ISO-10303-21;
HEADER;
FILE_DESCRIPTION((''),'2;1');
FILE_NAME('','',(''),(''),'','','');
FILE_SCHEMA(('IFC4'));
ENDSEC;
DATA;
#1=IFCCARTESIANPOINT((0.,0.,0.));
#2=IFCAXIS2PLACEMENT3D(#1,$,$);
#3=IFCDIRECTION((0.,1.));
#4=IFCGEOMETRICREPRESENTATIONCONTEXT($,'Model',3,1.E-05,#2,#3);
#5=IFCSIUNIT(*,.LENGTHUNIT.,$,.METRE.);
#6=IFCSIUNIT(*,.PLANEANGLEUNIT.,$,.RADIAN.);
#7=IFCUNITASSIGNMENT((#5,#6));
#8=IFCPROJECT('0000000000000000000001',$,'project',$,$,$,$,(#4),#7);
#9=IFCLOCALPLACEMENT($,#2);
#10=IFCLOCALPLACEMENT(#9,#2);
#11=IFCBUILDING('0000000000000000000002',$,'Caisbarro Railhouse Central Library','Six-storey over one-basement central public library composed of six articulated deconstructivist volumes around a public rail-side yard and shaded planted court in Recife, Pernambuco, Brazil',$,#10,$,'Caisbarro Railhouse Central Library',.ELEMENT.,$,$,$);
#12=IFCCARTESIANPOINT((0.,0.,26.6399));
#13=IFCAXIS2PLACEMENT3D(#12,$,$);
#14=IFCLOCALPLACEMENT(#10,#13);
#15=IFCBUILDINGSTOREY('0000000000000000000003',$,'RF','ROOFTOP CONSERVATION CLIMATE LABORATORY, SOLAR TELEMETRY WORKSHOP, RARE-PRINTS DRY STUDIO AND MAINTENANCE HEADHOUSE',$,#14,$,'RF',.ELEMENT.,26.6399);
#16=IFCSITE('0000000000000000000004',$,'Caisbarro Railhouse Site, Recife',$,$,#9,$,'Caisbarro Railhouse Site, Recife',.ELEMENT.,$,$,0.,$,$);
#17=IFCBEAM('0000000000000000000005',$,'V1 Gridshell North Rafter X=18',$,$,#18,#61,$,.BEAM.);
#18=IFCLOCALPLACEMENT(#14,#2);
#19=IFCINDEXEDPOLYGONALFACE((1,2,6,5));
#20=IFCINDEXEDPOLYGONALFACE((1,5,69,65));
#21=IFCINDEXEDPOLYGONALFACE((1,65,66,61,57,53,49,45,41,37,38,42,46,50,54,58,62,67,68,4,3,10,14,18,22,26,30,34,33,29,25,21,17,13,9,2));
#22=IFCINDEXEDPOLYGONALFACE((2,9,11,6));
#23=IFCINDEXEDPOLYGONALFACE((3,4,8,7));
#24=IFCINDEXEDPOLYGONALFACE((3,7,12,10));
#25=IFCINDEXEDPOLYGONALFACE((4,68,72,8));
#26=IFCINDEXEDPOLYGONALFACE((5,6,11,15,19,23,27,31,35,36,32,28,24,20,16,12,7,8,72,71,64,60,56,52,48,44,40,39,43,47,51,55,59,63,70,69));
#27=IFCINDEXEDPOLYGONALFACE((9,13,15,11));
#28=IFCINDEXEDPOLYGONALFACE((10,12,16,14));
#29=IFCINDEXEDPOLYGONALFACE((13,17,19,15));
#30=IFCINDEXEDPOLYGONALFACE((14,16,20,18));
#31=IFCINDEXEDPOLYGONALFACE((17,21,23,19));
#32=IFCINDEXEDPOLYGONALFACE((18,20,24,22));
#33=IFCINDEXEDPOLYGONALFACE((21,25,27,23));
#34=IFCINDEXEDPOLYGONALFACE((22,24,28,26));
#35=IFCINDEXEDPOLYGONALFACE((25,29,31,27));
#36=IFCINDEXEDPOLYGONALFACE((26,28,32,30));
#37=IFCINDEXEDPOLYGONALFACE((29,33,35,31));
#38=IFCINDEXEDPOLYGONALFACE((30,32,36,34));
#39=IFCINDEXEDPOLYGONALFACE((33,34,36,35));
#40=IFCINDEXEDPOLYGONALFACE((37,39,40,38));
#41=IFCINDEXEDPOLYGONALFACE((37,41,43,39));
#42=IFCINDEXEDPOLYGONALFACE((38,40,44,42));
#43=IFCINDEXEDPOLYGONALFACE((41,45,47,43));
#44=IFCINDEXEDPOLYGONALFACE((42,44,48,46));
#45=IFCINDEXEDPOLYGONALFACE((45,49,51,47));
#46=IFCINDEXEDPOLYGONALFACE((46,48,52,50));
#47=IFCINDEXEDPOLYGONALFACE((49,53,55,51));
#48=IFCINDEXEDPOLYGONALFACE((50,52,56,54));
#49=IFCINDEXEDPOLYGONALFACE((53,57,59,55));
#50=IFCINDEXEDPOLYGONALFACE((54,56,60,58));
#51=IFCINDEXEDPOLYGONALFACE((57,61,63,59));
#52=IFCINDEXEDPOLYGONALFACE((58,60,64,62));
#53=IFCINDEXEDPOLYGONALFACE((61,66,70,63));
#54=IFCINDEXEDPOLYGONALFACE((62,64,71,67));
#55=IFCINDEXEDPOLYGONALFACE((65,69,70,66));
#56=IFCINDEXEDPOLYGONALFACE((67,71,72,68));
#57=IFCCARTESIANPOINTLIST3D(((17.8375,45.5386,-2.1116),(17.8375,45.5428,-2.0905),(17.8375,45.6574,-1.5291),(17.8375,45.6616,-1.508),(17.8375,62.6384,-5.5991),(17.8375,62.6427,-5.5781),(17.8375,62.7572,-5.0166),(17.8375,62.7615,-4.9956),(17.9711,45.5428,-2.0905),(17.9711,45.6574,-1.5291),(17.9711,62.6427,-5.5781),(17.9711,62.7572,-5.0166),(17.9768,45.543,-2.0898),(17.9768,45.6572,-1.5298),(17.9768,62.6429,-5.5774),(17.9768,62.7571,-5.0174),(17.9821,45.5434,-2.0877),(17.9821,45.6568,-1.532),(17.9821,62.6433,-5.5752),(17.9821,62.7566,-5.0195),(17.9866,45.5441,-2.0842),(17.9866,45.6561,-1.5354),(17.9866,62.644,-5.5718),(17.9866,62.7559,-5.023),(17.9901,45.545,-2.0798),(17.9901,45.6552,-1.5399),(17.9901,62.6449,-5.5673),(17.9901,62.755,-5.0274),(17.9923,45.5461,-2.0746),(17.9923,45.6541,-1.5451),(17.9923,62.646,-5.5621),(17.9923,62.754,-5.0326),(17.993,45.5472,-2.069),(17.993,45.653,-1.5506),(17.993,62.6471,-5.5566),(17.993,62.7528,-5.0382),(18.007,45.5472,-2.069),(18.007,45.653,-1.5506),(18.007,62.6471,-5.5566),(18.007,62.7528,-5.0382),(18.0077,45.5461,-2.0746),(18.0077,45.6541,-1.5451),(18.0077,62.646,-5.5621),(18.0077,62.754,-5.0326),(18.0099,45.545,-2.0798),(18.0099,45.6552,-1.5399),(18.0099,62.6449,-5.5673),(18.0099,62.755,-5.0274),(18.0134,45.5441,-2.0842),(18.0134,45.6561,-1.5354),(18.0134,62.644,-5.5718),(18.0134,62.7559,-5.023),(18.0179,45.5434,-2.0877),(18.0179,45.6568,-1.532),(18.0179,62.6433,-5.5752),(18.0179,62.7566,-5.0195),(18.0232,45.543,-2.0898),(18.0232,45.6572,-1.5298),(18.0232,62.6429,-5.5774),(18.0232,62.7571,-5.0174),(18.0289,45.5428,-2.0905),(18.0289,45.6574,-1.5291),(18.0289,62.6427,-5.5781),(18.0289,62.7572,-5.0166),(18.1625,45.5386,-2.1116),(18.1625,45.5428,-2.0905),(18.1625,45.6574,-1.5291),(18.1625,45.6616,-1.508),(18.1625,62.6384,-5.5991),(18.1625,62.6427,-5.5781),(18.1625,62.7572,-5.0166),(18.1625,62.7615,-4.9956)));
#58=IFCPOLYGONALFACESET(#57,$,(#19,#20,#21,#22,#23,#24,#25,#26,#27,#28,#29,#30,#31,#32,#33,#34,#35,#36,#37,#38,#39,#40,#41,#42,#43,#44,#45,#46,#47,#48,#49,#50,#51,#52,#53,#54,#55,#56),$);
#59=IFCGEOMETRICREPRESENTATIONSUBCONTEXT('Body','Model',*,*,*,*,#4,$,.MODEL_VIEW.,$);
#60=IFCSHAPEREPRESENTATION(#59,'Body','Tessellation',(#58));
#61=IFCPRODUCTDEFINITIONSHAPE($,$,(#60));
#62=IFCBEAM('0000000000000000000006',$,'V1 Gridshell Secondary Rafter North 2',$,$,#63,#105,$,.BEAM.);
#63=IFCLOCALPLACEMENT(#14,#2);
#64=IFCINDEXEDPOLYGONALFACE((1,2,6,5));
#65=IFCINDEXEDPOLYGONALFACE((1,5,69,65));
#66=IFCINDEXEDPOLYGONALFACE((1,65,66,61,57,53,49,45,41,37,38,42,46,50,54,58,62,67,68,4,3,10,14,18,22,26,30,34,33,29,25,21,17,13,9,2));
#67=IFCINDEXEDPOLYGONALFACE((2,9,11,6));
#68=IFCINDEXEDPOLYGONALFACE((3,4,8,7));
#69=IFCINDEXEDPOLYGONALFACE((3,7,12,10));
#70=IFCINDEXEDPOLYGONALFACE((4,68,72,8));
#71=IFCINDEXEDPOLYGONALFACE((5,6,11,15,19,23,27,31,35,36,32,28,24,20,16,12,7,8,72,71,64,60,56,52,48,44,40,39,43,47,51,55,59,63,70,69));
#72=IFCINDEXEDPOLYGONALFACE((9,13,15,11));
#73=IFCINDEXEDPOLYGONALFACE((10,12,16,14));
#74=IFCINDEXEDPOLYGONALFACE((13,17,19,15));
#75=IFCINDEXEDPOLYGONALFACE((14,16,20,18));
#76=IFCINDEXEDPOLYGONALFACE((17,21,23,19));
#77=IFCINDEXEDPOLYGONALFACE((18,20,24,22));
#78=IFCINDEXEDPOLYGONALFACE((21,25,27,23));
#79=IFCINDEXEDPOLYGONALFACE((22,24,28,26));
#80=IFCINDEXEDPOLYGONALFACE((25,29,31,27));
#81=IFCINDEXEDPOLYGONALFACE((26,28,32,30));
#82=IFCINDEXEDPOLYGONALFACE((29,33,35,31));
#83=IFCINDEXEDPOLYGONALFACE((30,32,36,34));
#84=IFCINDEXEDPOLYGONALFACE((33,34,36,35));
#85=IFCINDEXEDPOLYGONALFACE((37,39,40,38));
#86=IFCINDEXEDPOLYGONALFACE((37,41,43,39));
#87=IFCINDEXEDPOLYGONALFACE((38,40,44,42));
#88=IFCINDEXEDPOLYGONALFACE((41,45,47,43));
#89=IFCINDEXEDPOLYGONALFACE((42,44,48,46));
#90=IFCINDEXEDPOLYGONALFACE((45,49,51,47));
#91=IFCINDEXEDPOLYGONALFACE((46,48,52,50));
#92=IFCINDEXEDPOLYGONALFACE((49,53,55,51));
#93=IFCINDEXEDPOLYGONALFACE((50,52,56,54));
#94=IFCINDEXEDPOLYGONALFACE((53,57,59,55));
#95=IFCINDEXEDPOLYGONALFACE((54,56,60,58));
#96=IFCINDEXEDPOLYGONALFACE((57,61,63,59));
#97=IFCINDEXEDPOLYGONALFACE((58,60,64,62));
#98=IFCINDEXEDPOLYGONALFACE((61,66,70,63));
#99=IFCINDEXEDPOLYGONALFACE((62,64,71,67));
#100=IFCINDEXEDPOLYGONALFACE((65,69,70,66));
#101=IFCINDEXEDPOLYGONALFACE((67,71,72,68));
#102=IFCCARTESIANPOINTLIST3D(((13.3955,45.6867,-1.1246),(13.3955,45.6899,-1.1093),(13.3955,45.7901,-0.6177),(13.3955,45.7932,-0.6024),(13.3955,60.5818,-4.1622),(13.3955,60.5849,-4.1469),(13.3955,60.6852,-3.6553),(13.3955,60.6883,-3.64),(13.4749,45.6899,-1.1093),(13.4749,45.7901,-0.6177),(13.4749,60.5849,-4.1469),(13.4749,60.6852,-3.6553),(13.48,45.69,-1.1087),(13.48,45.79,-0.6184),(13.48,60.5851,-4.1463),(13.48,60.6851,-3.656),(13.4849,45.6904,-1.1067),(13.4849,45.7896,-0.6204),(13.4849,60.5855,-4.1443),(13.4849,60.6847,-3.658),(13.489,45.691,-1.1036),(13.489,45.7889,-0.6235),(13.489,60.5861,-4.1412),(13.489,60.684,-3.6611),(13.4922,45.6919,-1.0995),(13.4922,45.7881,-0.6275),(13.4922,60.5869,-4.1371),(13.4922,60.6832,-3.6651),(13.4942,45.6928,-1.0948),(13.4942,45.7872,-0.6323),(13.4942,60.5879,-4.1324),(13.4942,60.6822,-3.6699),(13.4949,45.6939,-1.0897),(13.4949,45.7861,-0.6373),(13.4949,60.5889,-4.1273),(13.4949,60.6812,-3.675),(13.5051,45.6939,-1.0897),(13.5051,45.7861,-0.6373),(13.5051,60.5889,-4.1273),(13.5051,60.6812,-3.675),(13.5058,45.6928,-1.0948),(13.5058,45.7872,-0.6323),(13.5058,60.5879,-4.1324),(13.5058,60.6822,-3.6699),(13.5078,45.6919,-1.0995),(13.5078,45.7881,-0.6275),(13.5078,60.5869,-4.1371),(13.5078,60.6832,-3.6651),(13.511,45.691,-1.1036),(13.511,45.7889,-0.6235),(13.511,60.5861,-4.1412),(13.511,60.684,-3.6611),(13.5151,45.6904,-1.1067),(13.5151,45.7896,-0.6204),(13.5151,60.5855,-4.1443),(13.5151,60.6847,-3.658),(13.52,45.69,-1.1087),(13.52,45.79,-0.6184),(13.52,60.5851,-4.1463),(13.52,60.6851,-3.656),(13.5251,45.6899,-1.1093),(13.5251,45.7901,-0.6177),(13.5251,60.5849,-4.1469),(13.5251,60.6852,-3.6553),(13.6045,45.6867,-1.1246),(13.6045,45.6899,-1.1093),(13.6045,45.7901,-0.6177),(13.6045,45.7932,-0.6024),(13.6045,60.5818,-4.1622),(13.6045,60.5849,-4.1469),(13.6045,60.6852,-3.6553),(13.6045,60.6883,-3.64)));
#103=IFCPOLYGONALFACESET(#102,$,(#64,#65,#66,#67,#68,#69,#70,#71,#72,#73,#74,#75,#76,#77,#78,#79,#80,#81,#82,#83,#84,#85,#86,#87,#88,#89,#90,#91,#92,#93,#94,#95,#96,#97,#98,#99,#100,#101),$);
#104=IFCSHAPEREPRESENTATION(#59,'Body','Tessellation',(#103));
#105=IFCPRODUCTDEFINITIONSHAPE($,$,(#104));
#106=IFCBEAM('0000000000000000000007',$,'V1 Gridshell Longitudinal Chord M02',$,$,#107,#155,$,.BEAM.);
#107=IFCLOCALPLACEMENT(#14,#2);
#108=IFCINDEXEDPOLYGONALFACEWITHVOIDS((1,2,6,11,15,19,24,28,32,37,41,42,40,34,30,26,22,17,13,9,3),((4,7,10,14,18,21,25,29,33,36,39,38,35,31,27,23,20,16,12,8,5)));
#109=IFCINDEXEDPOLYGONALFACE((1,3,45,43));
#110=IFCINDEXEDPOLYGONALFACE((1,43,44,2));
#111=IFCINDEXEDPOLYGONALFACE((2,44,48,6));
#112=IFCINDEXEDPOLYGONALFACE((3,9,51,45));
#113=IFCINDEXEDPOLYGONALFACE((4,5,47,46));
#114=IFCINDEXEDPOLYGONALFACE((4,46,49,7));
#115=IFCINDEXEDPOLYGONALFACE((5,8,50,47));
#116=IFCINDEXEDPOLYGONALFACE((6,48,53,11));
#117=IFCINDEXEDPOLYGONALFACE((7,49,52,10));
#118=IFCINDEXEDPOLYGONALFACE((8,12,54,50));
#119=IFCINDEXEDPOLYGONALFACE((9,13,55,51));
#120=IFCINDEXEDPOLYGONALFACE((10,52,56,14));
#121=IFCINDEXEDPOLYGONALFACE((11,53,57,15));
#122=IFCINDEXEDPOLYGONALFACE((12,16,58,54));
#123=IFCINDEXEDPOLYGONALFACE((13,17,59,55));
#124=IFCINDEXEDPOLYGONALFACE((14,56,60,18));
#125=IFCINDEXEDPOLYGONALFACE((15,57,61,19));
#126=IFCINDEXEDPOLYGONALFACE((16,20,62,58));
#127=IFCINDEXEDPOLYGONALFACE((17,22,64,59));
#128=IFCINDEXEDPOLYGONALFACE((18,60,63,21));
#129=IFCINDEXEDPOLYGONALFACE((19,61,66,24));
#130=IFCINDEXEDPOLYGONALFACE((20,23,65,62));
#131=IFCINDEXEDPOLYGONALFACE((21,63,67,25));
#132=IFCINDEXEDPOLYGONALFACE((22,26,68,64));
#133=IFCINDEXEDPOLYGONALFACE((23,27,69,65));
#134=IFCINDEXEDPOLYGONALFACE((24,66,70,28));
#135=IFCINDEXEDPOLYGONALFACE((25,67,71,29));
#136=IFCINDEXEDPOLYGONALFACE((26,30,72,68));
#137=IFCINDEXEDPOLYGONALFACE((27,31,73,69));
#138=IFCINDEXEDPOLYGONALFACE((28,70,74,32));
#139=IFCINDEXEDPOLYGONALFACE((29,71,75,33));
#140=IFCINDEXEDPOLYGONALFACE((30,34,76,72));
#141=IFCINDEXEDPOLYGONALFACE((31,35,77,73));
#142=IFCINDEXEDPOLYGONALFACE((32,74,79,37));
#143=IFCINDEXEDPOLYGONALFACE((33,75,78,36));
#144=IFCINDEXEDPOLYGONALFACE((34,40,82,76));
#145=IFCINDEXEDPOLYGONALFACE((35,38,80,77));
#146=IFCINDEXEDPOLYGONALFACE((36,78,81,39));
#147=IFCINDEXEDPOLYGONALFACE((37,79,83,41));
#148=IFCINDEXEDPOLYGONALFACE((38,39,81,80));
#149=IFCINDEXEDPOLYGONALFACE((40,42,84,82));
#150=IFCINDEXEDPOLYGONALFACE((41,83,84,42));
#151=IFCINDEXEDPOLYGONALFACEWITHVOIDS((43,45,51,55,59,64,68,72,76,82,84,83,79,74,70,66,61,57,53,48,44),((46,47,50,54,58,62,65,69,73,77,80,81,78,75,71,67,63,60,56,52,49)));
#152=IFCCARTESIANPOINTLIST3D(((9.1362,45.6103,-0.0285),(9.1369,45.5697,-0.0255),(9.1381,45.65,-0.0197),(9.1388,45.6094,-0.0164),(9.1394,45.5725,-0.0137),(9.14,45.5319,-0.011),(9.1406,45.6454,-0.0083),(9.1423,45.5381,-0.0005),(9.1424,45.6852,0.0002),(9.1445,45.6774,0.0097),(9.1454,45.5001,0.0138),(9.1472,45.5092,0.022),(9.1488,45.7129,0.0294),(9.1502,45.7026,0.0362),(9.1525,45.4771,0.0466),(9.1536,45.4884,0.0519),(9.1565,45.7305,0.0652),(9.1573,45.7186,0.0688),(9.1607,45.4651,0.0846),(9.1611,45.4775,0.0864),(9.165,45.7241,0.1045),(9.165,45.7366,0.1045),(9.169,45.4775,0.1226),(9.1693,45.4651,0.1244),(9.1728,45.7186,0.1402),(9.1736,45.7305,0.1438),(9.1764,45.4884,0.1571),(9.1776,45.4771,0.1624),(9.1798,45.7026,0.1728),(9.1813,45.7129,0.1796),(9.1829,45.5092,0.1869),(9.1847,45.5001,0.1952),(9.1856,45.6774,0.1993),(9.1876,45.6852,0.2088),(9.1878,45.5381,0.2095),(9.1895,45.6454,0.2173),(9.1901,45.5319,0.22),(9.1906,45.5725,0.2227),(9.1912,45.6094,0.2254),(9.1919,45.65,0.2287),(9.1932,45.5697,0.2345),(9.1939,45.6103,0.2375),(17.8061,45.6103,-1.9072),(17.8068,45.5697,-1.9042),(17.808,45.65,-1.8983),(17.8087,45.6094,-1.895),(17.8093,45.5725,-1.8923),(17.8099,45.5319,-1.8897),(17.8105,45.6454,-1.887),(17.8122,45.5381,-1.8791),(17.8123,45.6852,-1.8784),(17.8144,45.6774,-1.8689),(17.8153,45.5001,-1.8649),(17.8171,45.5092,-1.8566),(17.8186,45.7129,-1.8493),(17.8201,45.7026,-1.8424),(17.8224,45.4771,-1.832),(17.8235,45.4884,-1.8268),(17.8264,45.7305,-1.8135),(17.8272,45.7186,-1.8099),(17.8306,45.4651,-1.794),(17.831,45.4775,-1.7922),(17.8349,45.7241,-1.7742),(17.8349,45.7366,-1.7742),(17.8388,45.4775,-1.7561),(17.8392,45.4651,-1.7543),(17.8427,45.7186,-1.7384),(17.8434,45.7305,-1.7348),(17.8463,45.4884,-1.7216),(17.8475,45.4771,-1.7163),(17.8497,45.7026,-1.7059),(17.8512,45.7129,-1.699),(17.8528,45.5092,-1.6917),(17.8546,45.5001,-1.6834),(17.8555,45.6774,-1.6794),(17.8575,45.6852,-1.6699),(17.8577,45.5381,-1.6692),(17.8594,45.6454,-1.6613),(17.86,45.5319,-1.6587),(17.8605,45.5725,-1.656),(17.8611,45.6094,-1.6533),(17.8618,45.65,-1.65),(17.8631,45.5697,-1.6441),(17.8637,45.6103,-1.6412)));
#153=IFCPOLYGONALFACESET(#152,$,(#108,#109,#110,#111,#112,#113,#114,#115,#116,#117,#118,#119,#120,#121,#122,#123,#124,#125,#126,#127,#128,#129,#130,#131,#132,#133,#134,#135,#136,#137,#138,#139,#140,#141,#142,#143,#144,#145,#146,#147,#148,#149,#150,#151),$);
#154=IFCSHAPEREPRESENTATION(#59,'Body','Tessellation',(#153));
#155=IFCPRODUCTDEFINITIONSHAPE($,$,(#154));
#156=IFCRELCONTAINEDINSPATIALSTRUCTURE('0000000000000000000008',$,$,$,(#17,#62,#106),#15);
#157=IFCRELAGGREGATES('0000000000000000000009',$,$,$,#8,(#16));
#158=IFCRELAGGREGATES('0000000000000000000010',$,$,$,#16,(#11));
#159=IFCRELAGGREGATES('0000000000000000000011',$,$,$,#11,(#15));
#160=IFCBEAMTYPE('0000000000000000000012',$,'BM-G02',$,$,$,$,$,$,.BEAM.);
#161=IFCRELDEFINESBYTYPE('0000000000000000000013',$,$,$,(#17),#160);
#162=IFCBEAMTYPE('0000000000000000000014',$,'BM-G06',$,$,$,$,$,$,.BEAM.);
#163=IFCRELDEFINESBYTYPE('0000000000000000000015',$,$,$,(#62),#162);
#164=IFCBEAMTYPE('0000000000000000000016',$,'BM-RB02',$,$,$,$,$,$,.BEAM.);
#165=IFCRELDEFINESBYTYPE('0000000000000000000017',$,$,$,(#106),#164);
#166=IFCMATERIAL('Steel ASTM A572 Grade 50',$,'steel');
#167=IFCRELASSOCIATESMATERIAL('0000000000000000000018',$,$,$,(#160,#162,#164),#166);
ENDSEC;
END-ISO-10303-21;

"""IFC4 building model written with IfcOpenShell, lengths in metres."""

from ifc_helpers import new_model, si_unit, direction, frame, origin, origin_2d, place, context, subcontext, project, spatial, hollow_circle, i_section, extrude, material, material_profile, profile_set, type_object, element, save


model = new_model("IFC4")

# Units and contexts
model_context = context("Model", 3, precision=1e-05, world=origin(), true_north=direction((0.0, 1.0)))
body_context = subcontext(model_context, "Body", "Model", "MODEL_VIEW")
ifc_project = project(units=[si_unit("LENGTHUNIT", "METRE"), si_unit("PLANEANGLEUNIT", "RADIAN")], contexts=[model_context])

# Site, building, storey
site_placement = place(None, origin())
site = spatial("IfcSite", under=ifc_project, at=site_placement, Name="Caisbarro Railhouse Site, Recife", LongName="Caisbarro Railhouse Site, Recife", CompositionType="ELEMENT", RefElevation=0.0)
building_placement = place(site_placement, origin())
building = spatial("IfcBuilding", under=site, at=building_placement, Name="Caisbarro Railhouse Central Library", Description="Six-storey over one-basement central public library composed of six articulated deconstructivist volumes around a public rail-side yard and shaded planted court in Recife, Pernambuco, Brazil", LongName="Caisbarro Railhouse Central Library", CompositionType="ELEMENT")
storey_placement = place(building_placement, frame((0.0, 0.0, 26.6399)))
storey = spatial("IfcBuildingStorey", under=building, at=storey_placement, Name="RF", Description="ROOFTOP CONSERVATION CLIMATE LABORATORY, SOLAR TELEMETRY WORKSHOP, RARE-PRINTS DRY STUDIO AND MAINTENANCE HEADHOUSE", LongName="RF", CompositionType="ELEMENT", Elevation=26.6399)

# Beams
ifc_material_1 = material(Name="Steel ASTM A572 Grade 50", Category="steel")
ifc_material_profile_1 = material_profile(ifc_material_1, i_section(OverallWidth=0.325, OverallDepth=0.616, WebThickness=0.0139, FlangeThickness=0.0215, FilletRadius=0.022, at=origin_2d()), Name="W610X174.0")
ifc_profile_set_1 = profile_set([ifc_material_profile_1], Name="Steel ASTM A572 Grade 50")
beam_type_1 = type_object("IfcBeamType", Name="BM-G02", PredefinedType="BEAM", material=ifc_profile_set_1)
beam_1_placement = place(storey_placement, frame((18.0, 45.6001, -1.8098), z_axis=(0.0, 0.979829, -0.199838), x_axis=(-1.0, 0.0, 0.0)))
element("IfcBeam", 1, at=beam_1_placement, inside=storey, type_object=beam_type_1, Name="V1 Gridshell North Rafter X=18", PredefinedType="BEAM", context=body_context, shape_type="SweptSolid", body=[
    extrude(i_section(OverallWidth=0.325, OverallDepth=0.616, WebThickness=0.0139, FlangeThickness=0.0215, FilletRadius=0.022, at=origin_2d()), origin(), (0.0, 0.0, 1.0), 17.4519),
])
ifc_material_profile_2 = material_profile(ifc_material_1, i_section(OverallWidth=0.209, OverallDepth=0.533, WebThickness=0.0103, FlangeThickness=0.0156, FilletRadius=0.02, at=origin_2d()), Name="W530X92.0")
ifc_profile_set_2 = profile_set([ifc_material_profile_2], Name="Steel ASTM A572 Grade 50")
beam_type_2 = type_object("IfcBeamType", Name="BM-G06", PredefinedType="BEAM", material=ifc_profile_set_2)
beam_2_placement = place(storey_placement, frame((13.5, 45.74, -0.8635), z_axis=(0.0, 0.979832, -0.199821), x_axis=(-1.0, 0.0, 0.0)))
element("IfcBeam", 2, at=beam_2_placement, inside=storey, type_object=beam_type_2, Name="V1 Gridshell Secondary Rafter North 2", PredefinedType="BEAM", context=body_context, shape_type="SweptSolid", body=[
    extrude(i_section(OverallWidth=0.209, OverallDepth=0.533, WebThickness=0.0103, FlangeThickness=0.0156, FilletRadius=0.02, at=origin_2d()), origin(), (0.0, 0.0, 1.0), 15.2017),
])
ifc_material_profile_3 = material_profile(ifc_material_1, hollow_circle(Radius=0.1365, WallThickness=0.0125, at=origin_2d()), Name="CHS273.0X12.5")
ifc_profile_set_3 = profile_set([ifc_material_profile_3], Name="Steel ASTM A572 Grade 50")
beam_type_3 = type_object("IfcBeamType", Name="BM-RB02", PredefinedType="BEAM", material=ifc_profile_set_3)
beam_3_placement = place(storey_placement, frame((9.165, 45.6001, 0.1045), z_axis=(0.977319, 0.0, -0.211773), x_axis=(0.0, 1.0, 0.0)))
element("IfcBeam", 3, at=beam_3_placement, inside=storey, type_object=beam_type_3, Name="V1 Gridshell Longitudinal Chord M02", PredefinedType="BEAM", context=body_context, shape_type="SweptSolid", body=[
    extrude(hollow_circle(Radius=0.1365, WallThickness=0.0125, at=origin_2d()), origin(), (0.0, 0.0, 1.0), 8.8711),
])

save(model, "model.ifc")
